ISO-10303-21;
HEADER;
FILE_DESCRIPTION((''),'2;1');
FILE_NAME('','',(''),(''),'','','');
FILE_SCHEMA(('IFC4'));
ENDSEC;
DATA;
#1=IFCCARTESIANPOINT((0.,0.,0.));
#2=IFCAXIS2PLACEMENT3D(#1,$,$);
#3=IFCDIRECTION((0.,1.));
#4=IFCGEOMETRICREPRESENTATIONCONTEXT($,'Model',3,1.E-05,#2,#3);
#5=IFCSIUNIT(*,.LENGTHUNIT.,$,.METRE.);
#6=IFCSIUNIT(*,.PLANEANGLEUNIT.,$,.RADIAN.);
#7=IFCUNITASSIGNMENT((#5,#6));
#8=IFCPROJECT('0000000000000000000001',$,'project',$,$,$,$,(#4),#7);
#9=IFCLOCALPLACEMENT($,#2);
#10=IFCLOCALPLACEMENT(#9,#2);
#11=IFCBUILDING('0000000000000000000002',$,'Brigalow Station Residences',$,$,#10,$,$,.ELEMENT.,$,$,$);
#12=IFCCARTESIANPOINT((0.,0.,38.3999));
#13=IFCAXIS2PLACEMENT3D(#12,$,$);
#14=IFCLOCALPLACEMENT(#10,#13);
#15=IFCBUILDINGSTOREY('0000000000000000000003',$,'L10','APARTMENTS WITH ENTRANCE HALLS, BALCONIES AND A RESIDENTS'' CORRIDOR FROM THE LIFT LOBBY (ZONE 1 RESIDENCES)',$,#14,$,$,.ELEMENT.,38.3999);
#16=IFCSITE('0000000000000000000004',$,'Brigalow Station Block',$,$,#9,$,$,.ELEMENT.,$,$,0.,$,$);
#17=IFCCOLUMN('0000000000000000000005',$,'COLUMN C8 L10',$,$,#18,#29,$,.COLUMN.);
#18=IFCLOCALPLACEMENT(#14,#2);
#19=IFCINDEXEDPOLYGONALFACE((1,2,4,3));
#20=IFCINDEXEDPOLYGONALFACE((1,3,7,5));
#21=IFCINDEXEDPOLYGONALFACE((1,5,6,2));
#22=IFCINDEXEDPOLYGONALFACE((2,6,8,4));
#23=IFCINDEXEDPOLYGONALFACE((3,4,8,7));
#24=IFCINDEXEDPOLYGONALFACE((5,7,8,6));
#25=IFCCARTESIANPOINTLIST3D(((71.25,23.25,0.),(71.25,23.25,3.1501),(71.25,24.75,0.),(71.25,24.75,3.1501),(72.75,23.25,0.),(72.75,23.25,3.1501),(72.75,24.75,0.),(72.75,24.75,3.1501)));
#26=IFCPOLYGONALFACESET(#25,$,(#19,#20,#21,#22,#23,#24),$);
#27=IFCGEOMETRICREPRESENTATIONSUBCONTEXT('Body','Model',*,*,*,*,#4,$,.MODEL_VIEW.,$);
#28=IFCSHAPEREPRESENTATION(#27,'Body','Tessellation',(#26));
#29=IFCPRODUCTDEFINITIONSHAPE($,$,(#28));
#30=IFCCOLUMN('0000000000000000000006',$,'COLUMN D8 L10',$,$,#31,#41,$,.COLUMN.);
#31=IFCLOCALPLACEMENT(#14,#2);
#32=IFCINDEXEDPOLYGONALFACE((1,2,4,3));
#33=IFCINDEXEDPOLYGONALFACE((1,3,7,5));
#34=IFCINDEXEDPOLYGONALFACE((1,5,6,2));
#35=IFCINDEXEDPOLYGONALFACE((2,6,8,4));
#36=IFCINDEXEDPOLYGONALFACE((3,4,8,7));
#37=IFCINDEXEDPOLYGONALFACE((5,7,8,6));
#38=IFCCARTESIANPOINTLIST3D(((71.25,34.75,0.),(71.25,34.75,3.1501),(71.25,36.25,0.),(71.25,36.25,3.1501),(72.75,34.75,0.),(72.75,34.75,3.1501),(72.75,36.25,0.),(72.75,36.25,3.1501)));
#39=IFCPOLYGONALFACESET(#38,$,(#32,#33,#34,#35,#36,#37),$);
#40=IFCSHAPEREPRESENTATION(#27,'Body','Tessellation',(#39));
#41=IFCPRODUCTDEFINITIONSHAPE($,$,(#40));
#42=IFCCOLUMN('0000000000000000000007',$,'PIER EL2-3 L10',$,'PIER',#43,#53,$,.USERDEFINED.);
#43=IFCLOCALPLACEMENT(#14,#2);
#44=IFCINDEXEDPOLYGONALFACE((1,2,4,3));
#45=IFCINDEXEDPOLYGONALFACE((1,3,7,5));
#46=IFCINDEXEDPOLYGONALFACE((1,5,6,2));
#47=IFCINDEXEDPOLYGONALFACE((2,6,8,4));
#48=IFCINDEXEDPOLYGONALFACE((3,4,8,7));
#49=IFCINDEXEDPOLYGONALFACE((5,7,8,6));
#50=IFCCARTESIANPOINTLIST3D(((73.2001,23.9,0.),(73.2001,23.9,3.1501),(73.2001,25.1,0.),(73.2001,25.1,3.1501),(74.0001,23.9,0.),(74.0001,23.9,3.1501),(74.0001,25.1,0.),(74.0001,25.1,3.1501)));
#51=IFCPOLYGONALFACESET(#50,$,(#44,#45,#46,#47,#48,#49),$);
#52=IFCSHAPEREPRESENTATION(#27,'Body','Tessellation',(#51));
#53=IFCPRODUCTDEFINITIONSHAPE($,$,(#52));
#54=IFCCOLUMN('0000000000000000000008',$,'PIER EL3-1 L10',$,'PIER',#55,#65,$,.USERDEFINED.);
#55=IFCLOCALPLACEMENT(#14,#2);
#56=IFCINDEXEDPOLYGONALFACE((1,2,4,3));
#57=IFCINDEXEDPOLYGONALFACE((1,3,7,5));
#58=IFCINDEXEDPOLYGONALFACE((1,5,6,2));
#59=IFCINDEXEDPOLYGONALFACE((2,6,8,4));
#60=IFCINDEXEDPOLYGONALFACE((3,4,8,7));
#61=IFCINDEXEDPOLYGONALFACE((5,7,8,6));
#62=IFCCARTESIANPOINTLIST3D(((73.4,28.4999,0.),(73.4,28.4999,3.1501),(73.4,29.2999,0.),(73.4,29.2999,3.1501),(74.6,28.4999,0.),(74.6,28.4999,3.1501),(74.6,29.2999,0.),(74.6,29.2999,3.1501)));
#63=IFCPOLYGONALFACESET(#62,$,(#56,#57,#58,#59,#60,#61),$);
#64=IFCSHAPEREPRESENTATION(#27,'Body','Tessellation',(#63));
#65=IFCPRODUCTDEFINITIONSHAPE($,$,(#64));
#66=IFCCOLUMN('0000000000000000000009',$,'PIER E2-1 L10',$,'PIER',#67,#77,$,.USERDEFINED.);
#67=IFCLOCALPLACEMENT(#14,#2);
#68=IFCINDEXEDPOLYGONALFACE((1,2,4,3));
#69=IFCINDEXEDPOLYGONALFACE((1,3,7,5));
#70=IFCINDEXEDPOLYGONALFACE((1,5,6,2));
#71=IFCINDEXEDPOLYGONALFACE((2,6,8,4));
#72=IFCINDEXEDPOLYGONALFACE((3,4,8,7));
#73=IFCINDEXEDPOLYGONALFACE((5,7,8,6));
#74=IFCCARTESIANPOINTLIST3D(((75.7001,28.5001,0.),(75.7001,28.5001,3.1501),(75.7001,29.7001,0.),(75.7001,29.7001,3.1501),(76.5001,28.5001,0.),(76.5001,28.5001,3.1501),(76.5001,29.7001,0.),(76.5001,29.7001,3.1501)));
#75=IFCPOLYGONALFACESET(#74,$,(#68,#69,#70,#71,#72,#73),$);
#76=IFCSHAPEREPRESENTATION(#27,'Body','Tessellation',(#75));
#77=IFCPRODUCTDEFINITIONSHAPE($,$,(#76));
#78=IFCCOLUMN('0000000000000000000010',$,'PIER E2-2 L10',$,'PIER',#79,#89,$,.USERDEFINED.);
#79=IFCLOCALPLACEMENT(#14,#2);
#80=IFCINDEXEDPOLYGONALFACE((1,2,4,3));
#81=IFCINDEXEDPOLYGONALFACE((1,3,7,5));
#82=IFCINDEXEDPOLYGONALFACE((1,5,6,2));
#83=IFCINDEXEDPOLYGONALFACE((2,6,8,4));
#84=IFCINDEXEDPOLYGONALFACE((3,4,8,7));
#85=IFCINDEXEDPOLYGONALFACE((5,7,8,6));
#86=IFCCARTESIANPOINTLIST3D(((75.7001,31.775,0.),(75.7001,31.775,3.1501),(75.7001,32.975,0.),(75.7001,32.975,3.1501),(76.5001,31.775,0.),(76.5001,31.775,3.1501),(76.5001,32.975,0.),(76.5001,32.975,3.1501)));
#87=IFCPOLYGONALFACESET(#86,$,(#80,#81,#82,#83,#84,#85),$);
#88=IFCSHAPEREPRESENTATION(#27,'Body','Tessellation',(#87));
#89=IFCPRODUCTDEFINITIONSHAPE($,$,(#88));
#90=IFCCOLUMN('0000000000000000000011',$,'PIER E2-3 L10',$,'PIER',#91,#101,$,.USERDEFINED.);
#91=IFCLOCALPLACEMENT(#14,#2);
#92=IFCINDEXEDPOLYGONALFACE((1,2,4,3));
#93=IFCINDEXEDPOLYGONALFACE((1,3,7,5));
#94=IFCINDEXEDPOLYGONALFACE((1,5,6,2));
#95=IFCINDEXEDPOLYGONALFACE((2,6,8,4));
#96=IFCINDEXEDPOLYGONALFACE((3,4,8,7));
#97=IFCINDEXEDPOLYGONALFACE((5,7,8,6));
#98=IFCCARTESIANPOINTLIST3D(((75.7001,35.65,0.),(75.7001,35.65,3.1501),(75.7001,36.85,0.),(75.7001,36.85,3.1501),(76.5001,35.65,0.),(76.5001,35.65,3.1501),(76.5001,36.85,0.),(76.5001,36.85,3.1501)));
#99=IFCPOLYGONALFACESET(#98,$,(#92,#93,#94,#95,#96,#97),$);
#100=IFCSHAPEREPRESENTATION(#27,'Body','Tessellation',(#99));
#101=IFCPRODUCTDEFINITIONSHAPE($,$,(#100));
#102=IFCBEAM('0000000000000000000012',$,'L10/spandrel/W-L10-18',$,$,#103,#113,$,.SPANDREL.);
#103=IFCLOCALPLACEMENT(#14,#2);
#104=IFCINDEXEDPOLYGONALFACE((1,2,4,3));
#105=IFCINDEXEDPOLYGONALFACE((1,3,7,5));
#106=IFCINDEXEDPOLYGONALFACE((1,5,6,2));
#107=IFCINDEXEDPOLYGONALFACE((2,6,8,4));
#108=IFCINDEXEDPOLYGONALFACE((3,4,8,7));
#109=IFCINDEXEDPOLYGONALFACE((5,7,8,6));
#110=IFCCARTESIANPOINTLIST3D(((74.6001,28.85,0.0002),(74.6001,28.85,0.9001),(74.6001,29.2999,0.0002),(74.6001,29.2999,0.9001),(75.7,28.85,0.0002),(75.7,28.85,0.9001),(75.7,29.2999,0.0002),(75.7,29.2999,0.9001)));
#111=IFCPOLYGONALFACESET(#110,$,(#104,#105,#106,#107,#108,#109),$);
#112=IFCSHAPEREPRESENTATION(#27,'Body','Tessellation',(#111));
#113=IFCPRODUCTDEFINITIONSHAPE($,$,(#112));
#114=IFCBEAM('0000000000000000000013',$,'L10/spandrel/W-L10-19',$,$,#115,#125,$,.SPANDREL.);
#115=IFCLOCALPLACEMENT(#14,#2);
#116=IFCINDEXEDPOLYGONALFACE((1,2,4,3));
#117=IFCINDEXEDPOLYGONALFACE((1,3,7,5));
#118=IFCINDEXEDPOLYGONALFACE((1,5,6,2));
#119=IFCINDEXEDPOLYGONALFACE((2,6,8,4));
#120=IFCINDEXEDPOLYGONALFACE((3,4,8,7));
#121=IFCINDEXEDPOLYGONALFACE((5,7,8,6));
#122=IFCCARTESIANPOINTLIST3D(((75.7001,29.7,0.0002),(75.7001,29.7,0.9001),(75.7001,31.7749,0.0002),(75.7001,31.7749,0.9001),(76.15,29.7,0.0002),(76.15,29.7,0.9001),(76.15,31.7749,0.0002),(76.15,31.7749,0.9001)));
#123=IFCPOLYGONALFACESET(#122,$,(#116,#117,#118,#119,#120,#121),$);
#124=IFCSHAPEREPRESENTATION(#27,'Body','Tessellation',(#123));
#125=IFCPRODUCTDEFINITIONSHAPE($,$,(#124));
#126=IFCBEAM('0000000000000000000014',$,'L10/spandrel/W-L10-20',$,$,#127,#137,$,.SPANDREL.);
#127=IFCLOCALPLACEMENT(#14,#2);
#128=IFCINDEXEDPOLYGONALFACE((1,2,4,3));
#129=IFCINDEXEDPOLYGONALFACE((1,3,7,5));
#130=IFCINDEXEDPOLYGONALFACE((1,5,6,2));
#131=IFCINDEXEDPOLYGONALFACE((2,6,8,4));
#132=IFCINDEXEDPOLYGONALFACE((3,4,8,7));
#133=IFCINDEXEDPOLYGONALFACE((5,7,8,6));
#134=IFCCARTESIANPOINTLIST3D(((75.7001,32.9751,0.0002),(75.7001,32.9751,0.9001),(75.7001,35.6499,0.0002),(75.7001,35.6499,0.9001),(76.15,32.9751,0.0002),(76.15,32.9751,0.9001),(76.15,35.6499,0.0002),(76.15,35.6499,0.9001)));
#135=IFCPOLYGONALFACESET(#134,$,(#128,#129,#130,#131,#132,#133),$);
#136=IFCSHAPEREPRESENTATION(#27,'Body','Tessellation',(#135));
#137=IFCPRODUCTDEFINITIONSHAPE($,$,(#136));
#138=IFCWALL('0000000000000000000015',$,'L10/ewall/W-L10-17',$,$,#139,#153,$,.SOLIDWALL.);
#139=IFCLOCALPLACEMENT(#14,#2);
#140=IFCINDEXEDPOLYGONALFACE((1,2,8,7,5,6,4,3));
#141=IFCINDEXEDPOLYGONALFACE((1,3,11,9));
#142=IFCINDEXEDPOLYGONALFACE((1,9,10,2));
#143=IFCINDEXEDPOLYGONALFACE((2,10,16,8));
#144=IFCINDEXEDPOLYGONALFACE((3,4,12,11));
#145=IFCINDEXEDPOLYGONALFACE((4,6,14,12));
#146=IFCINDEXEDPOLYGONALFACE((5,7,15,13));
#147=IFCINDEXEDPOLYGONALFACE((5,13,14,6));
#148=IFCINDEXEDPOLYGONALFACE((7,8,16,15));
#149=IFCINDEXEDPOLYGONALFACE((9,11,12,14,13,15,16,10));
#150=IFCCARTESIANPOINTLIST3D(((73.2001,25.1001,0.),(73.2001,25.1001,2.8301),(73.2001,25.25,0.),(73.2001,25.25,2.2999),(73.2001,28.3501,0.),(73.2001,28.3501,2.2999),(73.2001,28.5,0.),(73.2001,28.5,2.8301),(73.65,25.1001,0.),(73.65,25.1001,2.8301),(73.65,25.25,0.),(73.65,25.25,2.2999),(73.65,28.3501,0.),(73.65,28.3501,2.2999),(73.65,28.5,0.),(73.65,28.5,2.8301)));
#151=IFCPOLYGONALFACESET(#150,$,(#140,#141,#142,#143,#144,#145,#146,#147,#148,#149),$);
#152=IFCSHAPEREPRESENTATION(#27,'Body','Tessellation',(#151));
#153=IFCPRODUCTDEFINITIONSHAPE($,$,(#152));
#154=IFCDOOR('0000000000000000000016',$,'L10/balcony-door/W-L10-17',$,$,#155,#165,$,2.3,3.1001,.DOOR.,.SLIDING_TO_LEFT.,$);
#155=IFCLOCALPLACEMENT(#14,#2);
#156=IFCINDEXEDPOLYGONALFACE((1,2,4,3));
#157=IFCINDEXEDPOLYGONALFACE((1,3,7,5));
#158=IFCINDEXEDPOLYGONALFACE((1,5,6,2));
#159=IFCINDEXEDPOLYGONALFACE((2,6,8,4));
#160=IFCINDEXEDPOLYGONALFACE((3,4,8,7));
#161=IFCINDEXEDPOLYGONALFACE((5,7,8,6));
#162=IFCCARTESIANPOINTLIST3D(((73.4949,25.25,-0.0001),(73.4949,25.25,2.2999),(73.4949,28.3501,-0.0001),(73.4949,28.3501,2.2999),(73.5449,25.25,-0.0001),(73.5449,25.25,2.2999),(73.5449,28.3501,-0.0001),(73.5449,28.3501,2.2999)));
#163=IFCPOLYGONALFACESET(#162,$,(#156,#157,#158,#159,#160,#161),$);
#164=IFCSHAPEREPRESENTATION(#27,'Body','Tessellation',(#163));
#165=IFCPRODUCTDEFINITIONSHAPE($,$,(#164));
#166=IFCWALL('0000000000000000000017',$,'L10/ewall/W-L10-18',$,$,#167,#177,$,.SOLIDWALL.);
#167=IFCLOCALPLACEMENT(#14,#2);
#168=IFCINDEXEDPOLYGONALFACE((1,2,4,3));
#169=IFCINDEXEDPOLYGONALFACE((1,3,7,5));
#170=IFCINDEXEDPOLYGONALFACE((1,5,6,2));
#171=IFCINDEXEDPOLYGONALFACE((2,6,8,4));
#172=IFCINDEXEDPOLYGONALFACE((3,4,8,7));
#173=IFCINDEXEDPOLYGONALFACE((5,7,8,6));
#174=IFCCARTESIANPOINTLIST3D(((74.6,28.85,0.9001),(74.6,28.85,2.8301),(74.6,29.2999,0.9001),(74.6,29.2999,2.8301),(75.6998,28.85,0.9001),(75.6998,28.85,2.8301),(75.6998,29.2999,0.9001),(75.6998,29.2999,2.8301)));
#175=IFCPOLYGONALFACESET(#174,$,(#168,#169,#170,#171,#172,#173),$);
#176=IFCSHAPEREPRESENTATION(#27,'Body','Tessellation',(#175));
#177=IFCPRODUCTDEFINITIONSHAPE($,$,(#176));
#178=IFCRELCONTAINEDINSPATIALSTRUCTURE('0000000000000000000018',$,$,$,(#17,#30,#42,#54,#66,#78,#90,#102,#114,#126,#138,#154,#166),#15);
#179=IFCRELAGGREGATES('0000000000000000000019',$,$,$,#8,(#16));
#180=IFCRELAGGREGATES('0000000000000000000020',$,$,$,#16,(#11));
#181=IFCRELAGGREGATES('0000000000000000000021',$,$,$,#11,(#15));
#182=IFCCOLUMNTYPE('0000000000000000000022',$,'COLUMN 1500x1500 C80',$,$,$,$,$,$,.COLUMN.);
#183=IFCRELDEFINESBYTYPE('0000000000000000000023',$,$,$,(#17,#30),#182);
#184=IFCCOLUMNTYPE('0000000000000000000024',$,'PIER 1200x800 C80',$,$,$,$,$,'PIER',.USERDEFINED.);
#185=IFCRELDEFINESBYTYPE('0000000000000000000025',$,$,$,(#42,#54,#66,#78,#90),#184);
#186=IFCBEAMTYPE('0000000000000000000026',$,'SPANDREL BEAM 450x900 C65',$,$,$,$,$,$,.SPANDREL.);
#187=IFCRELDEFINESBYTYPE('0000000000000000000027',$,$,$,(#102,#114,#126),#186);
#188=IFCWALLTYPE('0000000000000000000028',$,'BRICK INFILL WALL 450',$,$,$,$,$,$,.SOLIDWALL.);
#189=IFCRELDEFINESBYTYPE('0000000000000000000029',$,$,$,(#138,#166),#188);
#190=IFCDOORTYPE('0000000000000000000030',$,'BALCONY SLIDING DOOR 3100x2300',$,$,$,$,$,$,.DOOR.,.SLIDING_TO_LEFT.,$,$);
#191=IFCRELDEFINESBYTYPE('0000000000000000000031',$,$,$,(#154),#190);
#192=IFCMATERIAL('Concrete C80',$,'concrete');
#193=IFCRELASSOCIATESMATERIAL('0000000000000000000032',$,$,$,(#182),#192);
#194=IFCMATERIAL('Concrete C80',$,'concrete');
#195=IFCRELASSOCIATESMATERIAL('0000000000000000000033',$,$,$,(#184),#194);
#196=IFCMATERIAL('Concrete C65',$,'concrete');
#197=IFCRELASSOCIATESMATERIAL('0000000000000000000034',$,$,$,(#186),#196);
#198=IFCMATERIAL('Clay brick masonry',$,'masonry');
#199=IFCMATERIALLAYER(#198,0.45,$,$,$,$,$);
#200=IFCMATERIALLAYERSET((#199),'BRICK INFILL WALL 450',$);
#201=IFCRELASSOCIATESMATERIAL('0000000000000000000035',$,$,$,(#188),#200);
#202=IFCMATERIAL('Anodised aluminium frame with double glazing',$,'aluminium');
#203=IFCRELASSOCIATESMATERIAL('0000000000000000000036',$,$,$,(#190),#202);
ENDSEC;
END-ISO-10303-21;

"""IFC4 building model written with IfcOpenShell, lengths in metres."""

from ifc_helpers import new_model, si_unit, direction, frame, frame_2d, origin, origin_2d, place, context, subcontext, project, spatial, rectangle, extrude, material, layer, layer_set, material_profile, profile_set, type_object, element, fill, save


model = new_model("IFC4")

# Units and contexts
model_context = context("Model", 3, precision=1e-05, world=origin(), true_north=direction((0.0, 1.0)))
body_context = subcontext(model_context, "Body", "Model", "MODEL_VIEW")
ifc_project = project(units=[si_unit("LENGTHUNIT", "METRE"), si_unit("PLANEANGLEUNIT", "RADIAN")], contexts=[model_context])

# Site, building, storey
site_placement = place(None, origin())
site = spatial("IfcSite", under=ifc_project, at=site_placement, Name="Brigalow Station Block", CompositionType="ELEMENT", RefElevation=0.0)
building_placement = place(site_placement, origin())
building = spatial("IfcBuilding", under=site, at=building_placement, Name="Brigalow Station Residences", CompositionType="ELEMENT")
storey_placement = place(building_placement, frame((0.0, 0.0, 38.3999)))
storey = spatial("IfcBuildingStorey", under=building, at=storey_placement, Name="L10", Description="APARTMENTS WITH ENTRANCE HALLS, BALCONIES AND A RESIDENTS' CORRIDOR FROM THE LIFT LOBBY (ZONE 1 RESIDENCES)", CompositionType="ELEMENT", Elevation=38.3999)

# Columns
ifc_material_1 = material(Name="Concrete C80", Category="concrete")
ifc_material_profile_1 = material_profile(ifc_material_1, rectangle(XDim=1.5, YDim=1.5, at=origin_2d()), Name="RC1500x1500")
ifc_profile_set_1 = profile_set([ifc_material_profile_1], Name="Concrete C80")
column_type_1 = type_object("IfcColumnType", Name="COLUMN 1500x1500 C80", PredefinedType="COLUMN", material=ifc_profile_set_1)
for number, where, z_axis, x_axis, name in (
    (1, (72.0, 24.0, 0.0), (0.0, 0.0, 1.0), (1.0, 0.0, 0.0), "COLUMN C8 L10"),
    (2, (72.0, 35.5, 0.0), (0.0, 0.0, 1.0), (1.0, 0.0, 0.0), "COLUMN D8 L10"),
):
    element("IfcColumn", number, at=place(storey_placement, frame(where, z_axis=z_axis, x_axis=x_axis)), inside=storey, type_object=column_type_1, Name=name, PredefinedType="COLUMN", context=body_context, shape_type="SweptSolid", body=[
        extrude(rectangle(XDim=1.5, YDim=1.5, at=origin_2d()), origin(), (0.0, 0.0, 1.0), 3.1501),
    ])
ifc_material_2 = material(Name="Concrete C80", Category="concrete")
ifc_material_profile_2 = material_profile(ifc_material_2, rectangle(XDim=1.2, YDim=0.8, at=origin_2d()), Name="RC1200x800")
ifc_profile_set_2 = profile_set([ifc_material_profile_2], Name="Concrete C80")
column_type_2 = type_object("IfcColumnType", Name="PIER 1200x800 C80", ElementType="PIER", PredefinedType="USERDEFINED", material=ifc_profile_set_2)
for number, where, z_axis, x_axis, name in (
    (3, (73.6001, 24.5, 0.0), (0.0, 0.0, 1.0), (0.0, 1.0, 0.0), "PIER EL2-3 L10"),
    (4, (74.0, 28.8999, 0.0), (0.0, 0.0, 1.0), (1.0, 0.0, 0.0), "PIER EL3-1 L10"),
    (5, (76.1001, 29.1001, 0.0), (0.0, 0.0, 1.0), (0.0, 1.0, 0.0), "PIER E2-1 L10"),
    (6, (76.1001, 32.375, 0.0), (0.0, 0.0, 1.0), (0.0, 1.0, 0.0), "PIER E2-2 L10"),
    (7, (76.1001, 36.25, 0.0), (0.0, 0.0, 1.0), (0.0, 1.0, 0.0), "PIER E2-3 L10"),
):
    element("IfcColumn", number, at=place(storey_placement, frame(where, z_axis=z_axis, x_axis=x_axis)), inside=storey, type_object=column_type_2, Name=name, ObjectType="PIER", PredefinedType="USERDEFINED", context=body_context, shape_type="SweptSolid", body=[
        extrude(rectangle(XDim=1.2, YDim=0.8, at=origin_2d()), origin(), (0.0, 0.0, 1.0), 3.1501),
    ])

# Beams
ifc_material_3 = material(Name="Concrete C65", Category="concrete")
ifc_material_profile_3 = material_profile(ifc_material_3, rectangle(XDim=0.45, YDim=0.8999, at=origin_2d()), Name="RC450x900")
ifc_profile_set_3 = profile_set([ifc_material_profile_3], Name="Concrete C65")
beam_type = type_object("IfcBeamType", Name="SPANDREL BEAM 450x900 C65", PredefinedType="SPANDREL", material=ifc_profile_set_3)
beam_1_placement = place(storey_placement, frame((74.6001, 29.075, 0.4502), z_axis=(1.0, 0.0, 0.0), x_axis=(0.0, 1.0, 0.0)))
element("IfcBeam", 8, at=beam_1_placement, inside=storey, type_object=beam_type, Name="L10/spandrel/W-L10-18", PredefinedType="SPANDREL", context=body_context, shape_type="SweptSolid", body=[
    extrude(rectangle(XDim=0.45, YDim=0.8999, at=origin_2d()), origin(), (0.0, 0.0, 1.0), 1.0999),
])
beam_2_placement = place(storey_placement, frame((75.925, 29.7, 0.4502), z_axis=(0.0, 1.0, 0.0), x_axis=(-1.0, 0.0, 0.0)))
element("IfcBeam", 9, at=beam_2_placement, inside=storey, type_object=beam_type, Name="L10/spandrel/W-L10-19", PredefinedType="SPANDREL", context=body_context, shape_type="SweptSolid", body=[
    extrude(rectangle(XDim=0.45, YDim=0.8999, at=origin_2d()), origin(), (0.0, 0.0, 1.0), 2.075),
])
beam_3_placement = place(storey_placement, frame((75.925, 32.9751, 0.4502), z_axis=(0.0, 1.0, 0.0), x_axis=(-1.0, 0.0, 0.0)))
element("IfcBeam", 10, at=beam_3_placement, inside=storey, type_object=beam_type, Name="L10/spandrel/W-L10-20", PredefinedType="SPANDREL", context=body_context, shape_type="SweptSolid", body=[
    extrude(rectangle(XDim=0.45, YDim=0.8999, at=origin_2d()), origin(), (0.0, 0.0, 1.0), 2.6748),
])

# Wall, opening, door
ifc_material_4 = material(Name="Clay brick masonry", Category="masonry")
ifc_layer = layer(ifc_material_4, 0.45)
ifc_layer_set = layer_set([ifc_layer], Name="BRICK INFILL WALL 450")
wall_type = type_object("IfcWallType", Name="BRICK INFILL WALL 450", PredefinedType="SOLIDWALL", material=ifc_layer_set)
wall_1_placement = place(storey_placement, frame((73.425, 25.1001, 0.0), z_axis=(0.0, 0.0, 1.0), x_axis=(0.0, 1.0, 0.0)))
wall_1 = element("IfcWall", 11, at=wall_1_placement, inside=storey, type_object=wall_type, Name="L10/ewall/W-L10-17", PredefinedType="SOLIDWALL", context=body_context, shape_type="SweptSolid", body=[
    extrude(rectangle(XDim=3.3999, YDim=0.45, at=frame_2d((1.7, 0.0))), origin(), (0.0, 0.0, 1.0), 2.8301),
])
opening_1_placement = place(wall_1_placement, frame((0.1499, 0.0, 0.0)))
opening_1 = element("IfcOpeningElement", 12, at=opening_1_placement, cuts=wall_1, PredefinedType="OPENING", context=body_context, shape_type="SweptSolid", body=[
    extrude(rectangle(XDim=3.1001, YDim=2.3, at=frame_2d((1.55, 1.1499))), frame((0.0, 0.2349, 0.0), z_axis=(0.0, -1.0, 0.0), x_axis=(1.0, 0.0, 0.0)), (0.0, 0.0, 1.0), 0.47),
])
ifc_material_5 = material(Name="Anodised aluminium frame with double glazing", Category="aluminium")
door_type = type_object("IfcDoorType", Name="BALCONY SLIDING DOOR 3100x2300", OperationType="SLIDING_TO_LEFT", PredefinedType="DOOR", material=ifc_material_5)
door_placement = place(opening_1_placement, origin())
door = element("IfcDoor", 13, at=door_placement, inside=storey, type_object=door_type, Name="L10/balcony-door/W-L10-17", OperationType="SLIDING_TO_LEFT", OverallHeight=2.3, OverallWidth=3.1001, PredefinedType="DOOR", context=body_context, shape_type="SweptSolid", body=[
    extrude(rectangle(XDim=3.1001, YDim=2.3, at=frame_2d((1.55, 1.1499))), frame((0.0, -0.0698, 0.0), z_axis=(0.0, -1.0, 0.0), x_axis=(1.0, 0.0, 0.0)), (0.0, 0.0, 1.0), 0.05),
])
fill(opening_1, door)

# Wall
wall_2_placement = place(storey_placement, frame((74.6001, 29.075, 0.9001), z_axis=(0.0, 0.0, 1.0), x_axis=(1.0, 0.0, 0.0)))
element("IfcWall", 14, at=wall_2_placement, inside=storey, type_object=wall_type, Name="L10/ewall/W-L10-18", PredefinedType="SOLIDWALL", context=body_context, shape_type="SweptSolid", body=[
    extrude(rectangle(XDim=1.0999, YDim=0.45, at=frame_2d((0.5498, 0.0))), origin(), (0.0, 0.0, 1.0), 1.9299),
])

save(model, "model.ifc")
